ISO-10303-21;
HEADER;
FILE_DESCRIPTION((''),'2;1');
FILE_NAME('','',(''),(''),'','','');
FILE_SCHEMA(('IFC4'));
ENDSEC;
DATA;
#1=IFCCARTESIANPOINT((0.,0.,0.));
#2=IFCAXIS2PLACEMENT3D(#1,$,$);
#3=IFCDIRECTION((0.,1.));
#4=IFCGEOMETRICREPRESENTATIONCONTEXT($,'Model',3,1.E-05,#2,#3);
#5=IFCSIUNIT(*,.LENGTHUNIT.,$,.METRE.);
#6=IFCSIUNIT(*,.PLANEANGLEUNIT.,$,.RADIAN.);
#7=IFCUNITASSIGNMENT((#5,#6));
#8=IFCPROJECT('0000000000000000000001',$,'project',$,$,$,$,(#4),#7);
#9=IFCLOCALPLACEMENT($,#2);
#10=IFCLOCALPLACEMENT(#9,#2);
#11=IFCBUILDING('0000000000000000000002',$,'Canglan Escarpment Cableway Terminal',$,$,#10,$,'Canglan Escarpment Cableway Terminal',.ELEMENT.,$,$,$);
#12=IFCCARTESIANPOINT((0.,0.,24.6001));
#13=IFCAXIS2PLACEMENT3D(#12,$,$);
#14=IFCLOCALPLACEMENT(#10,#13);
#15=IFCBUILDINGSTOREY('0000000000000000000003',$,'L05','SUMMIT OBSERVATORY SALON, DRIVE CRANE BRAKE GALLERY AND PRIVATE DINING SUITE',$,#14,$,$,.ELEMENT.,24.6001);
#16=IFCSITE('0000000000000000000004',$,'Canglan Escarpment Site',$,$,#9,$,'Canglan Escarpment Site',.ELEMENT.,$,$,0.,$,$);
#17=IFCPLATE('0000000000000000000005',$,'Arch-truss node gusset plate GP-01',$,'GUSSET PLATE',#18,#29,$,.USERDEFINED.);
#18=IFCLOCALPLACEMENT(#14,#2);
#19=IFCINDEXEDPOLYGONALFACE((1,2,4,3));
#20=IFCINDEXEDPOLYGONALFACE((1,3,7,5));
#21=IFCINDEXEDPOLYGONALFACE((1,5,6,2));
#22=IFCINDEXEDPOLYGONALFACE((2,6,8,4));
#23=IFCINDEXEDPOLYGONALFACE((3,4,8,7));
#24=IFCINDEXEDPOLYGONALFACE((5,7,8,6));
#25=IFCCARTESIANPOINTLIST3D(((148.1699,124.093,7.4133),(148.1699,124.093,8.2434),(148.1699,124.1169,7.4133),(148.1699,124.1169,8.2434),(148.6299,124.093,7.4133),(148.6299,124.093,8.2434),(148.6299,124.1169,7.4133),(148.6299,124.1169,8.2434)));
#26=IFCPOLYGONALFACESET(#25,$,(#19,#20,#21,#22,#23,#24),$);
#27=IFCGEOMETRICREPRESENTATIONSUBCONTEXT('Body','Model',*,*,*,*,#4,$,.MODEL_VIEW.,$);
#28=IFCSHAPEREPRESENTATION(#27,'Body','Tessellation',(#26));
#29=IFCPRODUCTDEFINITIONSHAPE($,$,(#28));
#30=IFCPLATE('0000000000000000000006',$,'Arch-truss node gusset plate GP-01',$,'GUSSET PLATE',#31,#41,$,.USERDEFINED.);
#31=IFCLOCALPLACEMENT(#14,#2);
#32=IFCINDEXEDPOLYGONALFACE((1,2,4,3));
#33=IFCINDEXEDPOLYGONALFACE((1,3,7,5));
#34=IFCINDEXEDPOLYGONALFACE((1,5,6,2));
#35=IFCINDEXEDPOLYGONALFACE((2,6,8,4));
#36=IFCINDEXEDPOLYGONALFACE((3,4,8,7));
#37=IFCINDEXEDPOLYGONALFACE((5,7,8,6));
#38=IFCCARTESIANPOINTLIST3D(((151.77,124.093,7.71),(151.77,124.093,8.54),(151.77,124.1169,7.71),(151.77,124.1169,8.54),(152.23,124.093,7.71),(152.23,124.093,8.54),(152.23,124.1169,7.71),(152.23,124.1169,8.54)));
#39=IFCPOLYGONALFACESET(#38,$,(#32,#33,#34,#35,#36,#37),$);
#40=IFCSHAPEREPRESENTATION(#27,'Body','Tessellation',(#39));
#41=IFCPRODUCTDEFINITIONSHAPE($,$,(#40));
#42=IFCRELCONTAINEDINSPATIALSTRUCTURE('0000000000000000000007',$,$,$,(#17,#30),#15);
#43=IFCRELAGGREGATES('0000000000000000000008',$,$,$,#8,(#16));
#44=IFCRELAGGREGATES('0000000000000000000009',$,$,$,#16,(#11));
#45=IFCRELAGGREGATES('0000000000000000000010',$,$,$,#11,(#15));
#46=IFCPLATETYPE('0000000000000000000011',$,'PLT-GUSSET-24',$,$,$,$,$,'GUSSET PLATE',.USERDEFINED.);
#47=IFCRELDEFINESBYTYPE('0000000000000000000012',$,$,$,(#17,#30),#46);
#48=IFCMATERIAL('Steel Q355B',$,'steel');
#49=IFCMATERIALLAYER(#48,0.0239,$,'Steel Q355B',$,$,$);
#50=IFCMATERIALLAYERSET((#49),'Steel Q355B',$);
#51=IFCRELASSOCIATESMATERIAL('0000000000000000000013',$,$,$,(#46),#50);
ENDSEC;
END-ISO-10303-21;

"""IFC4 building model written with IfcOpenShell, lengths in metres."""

from ifc_helpers import new_model, si_unit, direction, frame, origin, origin_2d, place, context, subcontext, project, spatial, rectangle, extrude, material, layer, layer_set, type_object, element, save


model = new_model("IFC4")

# Units and contexts
model_context = context("Model", 3, precision=1e-05, world=origin(), true_north=direction((0.0, 1.0)))
body_context = subcontext(model_context, "Body", "Model", "MODEL_VIEW")
ifc_project = project(units=[si_unit("LENGTHUNIT", "METRE"), si_unit("PLANEANGLEUNIT", "RADIAN")], contexts=[model_context])

# Site, building, storey
site_placement = place(None, origin())
site = spatial("IfcSite", under=ifc_project, at=site_placement, Name="Canglan Escarpment Site", LongName="Canglan Escarpment Site", CompositionType="ELEMENT", RefElevation=0.0)
building_placement = place(site_placement, origin())
building = spatial("IfcBuilding", under=site, at=building_placement, Name="Canglan Escarpment Cableway Terminal", LongName="Canglan Escarpment Cableway Terminal", CompositionType="ELEMENT")
storey_placement = place(building_placement, frame((0.0, 0.0, 24.6001)))
storey = spatial("IfcBuildingStorey", under=building, at=storey_placement, Name="L05", Description="SUMMIT OBSERVATORY SALON, DRIVE CRANE BRAKE GALLERY AND PRIVATE DINING SUITE", CompositionType="ELEMENT", Elevation=24.6001)

# Shared definitions
ifc_material = material(Name="Steel Q355B", Category="steel")

# Plates
ifc_layer_1 = layer(ifc_material, 0.0239, Name="Steel Q355B")
ifc_layer_set_1 = layer_set([ifc_layer_1], Name="Steel Q355B")
plate_type_1 = type_object("IfcPlateType", Name="PLT-GUSSET-24", ElementType="GUSSET PLATE", PredefinedType="USERDEFINED", material=ifc_layer_set_1)
for number, where, z_axis, x_axis, name in (
    (1, (148.3999, 124.105, 7.4133), (0.0, 0.0, 1.0), (1.0, 0.0, 0.0), "Arch-truss node gusset plate GP-01"),
    (2, (152.0, 124.105, 7.71), (0.0, 0.0, 1.0), (1.0, 0.0, 0.0), "Arch-truss node gusset plate GP-01"),
):
    element("IfcPlate", number, at=place(storey_placement, frame(where, z_axis=z_axis, x_axis=x_axis)), inside=storey, type_object=plate_type_1, Name=name, ObjectType="GUSSET PLATE", PredefinedType="USERDEFINED", context=body_context, shape_type="SweptSolid", body=[
        extrude(rectangle(XDim=0.46, YDim=0.0239, at=origin_2d()), origin(), (0.0, 0.0, 1.0), 0.8301),
    ])

save(model, "model.ifc")
